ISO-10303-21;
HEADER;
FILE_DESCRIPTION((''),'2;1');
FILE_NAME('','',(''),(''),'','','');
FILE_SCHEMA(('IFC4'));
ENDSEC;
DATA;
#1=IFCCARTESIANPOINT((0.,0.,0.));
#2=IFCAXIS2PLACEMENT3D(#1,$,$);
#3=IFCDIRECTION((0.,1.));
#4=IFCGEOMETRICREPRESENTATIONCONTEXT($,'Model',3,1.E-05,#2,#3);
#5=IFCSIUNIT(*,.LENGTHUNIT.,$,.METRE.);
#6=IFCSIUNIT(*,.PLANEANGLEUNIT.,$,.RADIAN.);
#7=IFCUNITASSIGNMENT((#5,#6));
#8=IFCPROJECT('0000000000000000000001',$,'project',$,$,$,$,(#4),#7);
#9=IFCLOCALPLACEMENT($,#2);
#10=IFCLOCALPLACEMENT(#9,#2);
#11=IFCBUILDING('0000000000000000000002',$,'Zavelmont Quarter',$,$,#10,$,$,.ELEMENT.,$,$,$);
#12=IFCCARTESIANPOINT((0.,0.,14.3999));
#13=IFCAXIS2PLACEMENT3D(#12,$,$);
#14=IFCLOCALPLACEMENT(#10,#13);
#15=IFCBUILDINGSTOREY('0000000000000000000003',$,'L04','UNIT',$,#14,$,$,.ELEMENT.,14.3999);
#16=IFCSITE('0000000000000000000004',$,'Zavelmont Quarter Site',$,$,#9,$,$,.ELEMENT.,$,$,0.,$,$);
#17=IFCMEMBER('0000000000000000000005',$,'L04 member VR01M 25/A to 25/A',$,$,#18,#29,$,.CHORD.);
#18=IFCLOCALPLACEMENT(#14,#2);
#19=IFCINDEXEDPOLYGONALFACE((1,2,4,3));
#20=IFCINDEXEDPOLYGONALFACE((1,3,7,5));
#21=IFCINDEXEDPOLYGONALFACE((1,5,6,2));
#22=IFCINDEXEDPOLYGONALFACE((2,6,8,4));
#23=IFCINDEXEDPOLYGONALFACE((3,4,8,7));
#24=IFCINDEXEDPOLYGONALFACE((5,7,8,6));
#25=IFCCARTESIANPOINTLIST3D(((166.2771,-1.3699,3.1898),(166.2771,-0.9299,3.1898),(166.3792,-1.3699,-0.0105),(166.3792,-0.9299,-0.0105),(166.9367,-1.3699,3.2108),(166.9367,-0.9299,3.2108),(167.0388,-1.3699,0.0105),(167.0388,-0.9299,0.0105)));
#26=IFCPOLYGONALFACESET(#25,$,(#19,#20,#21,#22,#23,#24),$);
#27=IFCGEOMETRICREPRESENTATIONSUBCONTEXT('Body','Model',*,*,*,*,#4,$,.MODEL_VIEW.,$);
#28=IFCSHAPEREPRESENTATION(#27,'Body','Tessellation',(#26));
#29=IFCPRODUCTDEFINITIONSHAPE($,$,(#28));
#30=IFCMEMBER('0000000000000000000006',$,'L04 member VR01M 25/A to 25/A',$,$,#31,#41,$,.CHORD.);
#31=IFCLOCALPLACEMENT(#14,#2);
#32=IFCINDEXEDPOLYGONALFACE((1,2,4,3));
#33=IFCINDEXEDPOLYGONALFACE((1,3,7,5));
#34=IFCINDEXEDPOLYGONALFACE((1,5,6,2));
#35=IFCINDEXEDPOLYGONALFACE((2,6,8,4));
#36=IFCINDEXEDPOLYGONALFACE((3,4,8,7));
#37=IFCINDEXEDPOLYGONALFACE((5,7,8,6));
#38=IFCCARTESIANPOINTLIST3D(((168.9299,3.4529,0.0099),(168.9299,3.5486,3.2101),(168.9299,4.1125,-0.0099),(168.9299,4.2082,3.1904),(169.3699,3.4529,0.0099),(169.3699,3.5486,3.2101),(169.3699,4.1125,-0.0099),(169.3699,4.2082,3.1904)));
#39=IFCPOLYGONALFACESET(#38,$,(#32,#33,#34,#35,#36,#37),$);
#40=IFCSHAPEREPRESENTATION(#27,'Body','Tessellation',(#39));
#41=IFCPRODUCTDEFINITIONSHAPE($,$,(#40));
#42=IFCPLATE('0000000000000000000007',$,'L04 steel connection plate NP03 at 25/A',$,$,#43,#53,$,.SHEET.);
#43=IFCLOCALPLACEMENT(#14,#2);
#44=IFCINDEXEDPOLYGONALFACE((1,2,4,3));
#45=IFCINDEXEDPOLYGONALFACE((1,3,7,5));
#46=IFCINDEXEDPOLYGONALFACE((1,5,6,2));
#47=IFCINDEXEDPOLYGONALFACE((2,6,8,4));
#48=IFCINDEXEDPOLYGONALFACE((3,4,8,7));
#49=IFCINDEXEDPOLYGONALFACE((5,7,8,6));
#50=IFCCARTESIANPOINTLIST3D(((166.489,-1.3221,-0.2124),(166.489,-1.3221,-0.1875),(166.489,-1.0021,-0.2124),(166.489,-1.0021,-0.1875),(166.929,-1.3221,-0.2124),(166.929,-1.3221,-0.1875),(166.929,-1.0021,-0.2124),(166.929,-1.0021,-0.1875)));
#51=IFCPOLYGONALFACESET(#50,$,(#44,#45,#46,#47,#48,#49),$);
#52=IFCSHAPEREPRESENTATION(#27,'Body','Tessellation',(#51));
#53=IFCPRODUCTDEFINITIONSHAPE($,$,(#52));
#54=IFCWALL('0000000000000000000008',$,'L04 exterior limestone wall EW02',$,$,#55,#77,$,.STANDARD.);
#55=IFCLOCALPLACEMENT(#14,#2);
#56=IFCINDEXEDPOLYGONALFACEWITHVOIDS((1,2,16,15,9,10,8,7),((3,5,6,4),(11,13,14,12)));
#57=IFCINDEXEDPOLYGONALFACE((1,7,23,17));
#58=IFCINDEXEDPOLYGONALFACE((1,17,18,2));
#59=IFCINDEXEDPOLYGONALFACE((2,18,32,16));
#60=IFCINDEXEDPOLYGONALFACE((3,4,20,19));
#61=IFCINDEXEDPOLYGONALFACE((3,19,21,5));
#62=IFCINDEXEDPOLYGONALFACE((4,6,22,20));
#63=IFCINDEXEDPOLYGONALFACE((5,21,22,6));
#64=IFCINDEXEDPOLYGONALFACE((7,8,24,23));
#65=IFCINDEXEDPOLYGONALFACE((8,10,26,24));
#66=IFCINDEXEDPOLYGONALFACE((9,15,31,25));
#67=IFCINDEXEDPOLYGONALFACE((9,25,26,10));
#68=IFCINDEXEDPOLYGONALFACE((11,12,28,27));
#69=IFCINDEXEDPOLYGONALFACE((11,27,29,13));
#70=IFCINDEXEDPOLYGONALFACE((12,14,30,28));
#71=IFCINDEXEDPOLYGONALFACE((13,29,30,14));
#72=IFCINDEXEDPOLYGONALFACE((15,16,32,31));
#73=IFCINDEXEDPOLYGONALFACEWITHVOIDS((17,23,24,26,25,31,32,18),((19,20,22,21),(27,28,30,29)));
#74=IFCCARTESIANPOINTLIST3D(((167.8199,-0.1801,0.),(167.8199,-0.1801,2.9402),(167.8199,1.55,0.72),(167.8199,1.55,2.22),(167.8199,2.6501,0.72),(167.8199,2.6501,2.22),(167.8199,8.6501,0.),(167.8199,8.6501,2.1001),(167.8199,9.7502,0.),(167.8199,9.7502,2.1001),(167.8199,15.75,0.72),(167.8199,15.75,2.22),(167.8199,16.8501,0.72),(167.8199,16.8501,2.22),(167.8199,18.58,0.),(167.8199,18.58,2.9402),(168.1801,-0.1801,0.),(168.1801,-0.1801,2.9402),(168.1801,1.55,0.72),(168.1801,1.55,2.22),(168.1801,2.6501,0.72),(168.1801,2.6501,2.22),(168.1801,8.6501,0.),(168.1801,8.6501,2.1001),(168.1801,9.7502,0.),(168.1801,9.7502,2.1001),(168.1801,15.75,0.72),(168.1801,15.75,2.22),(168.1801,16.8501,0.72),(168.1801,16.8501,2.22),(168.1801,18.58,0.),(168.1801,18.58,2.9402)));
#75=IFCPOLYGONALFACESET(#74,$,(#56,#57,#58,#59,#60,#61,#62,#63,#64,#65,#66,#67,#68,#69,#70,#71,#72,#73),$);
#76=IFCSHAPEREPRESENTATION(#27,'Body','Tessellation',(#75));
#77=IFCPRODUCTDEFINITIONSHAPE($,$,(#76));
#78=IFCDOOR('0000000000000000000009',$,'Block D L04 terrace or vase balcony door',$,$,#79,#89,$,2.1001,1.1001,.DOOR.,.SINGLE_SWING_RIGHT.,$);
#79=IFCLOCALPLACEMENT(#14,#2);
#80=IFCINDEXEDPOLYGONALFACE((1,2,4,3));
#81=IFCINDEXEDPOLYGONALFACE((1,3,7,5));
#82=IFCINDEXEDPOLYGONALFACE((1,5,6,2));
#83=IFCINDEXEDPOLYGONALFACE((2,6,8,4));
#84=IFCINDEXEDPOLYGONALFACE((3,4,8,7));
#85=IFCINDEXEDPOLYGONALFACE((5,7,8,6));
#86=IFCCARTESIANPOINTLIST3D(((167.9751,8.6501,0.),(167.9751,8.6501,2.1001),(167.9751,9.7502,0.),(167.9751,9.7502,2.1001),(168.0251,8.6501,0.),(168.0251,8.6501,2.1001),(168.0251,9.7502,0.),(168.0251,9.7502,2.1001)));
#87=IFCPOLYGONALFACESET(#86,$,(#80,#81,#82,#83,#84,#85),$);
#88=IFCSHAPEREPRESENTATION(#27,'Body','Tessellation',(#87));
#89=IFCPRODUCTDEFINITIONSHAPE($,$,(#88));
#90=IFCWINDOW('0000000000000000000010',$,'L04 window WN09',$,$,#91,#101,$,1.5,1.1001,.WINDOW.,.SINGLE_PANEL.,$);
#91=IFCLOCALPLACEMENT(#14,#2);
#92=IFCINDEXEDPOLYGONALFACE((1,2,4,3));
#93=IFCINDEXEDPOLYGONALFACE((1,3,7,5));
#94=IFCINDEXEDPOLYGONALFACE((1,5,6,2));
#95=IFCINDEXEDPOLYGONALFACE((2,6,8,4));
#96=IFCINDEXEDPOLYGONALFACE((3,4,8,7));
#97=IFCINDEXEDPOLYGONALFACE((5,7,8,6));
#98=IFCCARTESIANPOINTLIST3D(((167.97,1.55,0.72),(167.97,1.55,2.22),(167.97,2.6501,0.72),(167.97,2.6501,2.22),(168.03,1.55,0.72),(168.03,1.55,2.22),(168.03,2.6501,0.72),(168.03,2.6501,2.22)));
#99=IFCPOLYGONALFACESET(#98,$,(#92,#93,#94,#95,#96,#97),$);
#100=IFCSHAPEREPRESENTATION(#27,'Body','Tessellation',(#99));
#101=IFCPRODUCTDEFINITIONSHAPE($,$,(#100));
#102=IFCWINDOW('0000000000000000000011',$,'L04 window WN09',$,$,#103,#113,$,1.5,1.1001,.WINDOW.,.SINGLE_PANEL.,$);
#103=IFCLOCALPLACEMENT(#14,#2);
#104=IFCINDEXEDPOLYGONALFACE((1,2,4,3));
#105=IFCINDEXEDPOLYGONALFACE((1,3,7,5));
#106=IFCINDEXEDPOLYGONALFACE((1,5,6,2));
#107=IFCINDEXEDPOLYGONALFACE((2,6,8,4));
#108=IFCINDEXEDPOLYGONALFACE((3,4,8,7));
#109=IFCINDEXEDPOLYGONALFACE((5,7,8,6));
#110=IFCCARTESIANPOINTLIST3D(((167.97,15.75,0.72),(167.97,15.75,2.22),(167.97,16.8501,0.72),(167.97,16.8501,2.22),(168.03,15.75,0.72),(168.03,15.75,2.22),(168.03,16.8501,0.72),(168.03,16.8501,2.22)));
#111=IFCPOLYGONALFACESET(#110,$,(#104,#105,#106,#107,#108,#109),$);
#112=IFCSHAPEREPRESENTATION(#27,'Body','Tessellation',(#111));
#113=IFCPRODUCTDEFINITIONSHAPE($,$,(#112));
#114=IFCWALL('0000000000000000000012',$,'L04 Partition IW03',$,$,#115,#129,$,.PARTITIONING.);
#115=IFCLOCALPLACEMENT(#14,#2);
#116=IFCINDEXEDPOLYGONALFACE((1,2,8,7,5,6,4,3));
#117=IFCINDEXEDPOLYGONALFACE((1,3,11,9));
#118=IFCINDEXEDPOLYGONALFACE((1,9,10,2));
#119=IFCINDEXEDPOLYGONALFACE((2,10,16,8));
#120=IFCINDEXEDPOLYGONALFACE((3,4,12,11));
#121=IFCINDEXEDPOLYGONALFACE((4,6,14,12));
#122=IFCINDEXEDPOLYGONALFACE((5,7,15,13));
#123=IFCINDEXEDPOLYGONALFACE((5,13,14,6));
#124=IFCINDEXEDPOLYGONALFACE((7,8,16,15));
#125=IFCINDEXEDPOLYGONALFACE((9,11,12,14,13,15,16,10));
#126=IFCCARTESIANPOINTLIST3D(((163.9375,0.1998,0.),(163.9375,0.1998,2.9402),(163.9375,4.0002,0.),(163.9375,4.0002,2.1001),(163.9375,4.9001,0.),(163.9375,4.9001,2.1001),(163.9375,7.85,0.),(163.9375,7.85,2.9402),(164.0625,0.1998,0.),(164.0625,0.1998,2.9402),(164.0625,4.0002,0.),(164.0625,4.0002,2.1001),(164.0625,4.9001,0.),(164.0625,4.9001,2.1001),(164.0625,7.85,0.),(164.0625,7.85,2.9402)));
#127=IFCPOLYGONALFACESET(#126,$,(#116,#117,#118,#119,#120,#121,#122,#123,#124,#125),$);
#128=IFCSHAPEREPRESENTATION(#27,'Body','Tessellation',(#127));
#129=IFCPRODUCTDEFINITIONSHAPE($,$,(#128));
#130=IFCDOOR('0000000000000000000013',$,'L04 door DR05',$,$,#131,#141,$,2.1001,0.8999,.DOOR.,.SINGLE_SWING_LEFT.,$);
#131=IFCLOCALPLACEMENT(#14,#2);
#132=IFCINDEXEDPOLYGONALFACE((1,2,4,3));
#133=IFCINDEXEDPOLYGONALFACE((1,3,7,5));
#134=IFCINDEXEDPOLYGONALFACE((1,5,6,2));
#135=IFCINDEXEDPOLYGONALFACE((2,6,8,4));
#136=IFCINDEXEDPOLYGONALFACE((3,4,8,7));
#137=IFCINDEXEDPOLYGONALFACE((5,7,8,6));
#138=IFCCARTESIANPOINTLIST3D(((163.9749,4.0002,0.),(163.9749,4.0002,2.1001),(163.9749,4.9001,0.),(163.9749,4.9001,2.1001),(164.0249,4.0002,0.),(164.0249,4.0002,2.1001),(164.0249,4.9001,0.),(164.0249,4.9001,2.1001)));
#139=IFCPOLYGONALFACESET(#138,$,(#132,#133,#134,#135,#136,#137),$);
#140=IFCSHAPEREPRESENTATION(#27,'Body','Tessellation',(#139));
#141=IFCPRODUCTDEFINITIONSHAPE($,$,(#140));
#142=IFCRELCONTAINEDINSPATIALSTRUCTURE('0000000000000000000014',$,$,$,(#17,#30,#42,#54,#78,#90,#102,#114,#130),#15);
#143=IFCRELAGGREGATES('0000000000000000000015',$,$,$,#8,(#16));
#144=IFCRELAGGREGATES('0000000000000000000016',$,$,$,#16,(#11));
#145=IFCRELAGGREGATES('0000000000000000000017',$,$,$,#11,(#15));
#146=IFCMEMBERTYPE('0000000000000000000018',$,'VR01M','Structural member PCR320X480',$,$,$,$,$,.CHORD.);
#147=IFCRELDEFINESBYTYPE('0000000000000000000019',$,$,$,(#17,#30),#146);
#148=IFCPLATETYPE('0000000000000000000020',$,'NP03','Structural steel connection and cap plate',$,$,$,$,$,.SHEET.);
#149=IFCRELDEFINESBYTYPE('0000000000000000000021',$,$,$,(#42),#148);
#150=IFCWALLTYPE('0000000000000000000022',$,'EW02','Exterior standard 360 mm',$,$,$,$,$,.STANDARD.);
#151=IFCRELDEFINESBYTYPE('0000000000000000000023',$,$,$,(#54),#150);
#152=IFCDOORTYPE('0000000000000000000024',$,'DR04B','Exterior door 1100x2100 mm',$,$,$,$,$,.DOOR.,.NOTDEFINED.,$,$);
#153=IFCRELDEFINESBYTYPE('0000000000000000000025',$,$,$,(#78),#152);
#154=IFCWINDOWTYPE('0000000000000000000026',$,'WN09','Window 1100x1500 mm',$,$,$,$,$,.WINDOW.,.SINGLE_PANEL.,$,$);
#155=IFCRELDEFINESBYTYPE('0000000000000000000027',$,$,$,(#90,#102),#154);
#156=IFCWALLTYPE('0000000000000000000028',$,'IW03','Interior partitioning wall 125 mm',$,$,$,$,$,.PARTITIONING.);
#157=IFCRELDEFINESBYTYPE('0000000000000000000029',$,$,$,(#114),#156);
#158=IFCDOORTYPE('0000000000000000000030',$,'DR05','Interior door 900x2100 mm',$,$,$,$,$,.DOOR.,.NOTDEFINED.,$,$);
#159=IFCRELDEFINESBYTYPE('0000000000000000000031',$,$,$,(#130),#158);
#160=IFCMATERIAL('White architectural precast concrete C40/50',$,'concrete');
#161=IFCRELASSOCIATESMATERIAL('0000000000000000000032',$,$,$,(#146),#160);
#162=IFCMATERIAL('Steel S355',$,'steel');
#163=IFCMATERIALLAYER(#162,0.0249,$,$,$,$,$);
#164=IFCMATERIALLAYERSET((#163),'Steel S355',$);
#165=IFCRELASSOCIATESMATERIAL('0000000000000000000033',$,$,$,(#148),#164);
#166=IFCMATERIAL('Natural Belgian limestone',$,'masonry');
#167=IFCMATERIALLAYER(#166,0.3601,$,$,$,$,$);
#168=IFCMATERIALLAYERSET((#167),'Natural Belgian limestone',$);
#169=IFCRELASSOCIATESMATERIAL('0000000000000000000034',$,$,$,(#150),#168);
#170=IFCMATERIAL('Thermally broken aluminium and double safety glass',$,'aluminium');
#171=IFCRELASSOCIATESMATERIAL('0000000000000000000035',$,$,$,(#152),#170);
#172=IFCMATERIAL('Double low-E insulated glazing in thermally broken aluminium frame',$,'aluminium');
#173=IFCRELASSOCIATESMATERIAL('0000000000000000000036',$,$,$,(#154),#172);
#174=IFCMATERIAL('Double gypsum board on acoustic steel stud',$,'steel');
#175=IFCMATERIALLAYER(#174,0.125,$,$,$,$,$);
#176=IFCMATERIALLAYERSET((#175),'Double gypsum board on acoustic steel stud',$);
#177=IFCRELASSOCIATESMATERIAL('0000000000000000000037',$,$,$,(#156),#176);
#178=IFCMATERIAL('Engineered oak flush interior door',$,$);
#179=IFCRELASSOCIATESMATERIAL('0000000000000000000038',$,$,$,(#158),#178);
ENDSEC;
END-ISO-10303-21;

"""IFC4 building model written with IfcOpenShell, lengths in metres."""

from ifc_helpers import new_model, si_unit, direction, frame, frame_2d, origin, origin_with_axes, origin_2d, place, context, subcontext, project, spatial, rectangle, extrude, material, layer, layer_set, material_profile, profile_set, type_object, element, fill, save


model = new_model("IFC4")

# Units and contexts
model_context = context("Model", 3, precision=1e-05, world=origin(), true_north=direction((0.0, 1.0)))
body_context = subcontext(model_context, "Body", "Model", "MODEL_VIEW")
ifc_project = project(units=[si_unit("LENGTHUNIT", "METRE"), si_unit("PLANEANGLEUNIT", "RADIAN")], contexts=[model_context])

# Site, building, storey
site_placement = place(None, origin())
site = spatial("IfcSite", under=ifc_project, at=site_placement, Name="Zavelmont Quarter Site", CompositionType="ELEMENT", RefElevation=0.0)
building_placement = place(site_placement, origin())
building = spatial("IfcBuilding", under=site, at=building_placement, Name="Zavelmont Quarter", CompositionType="ELEMENT")
storey_placement = place(building_placement, frame((0.0, 0.0, 14.3999)))
storey = spatial("IfcBuildingStorey", under=building, at=storey_placement, Name="L04", Description="UNIT", CompositionType="ELEMENT", Elevation=14.3999)

# Shared definitions
ifc_material_1 = material(Name="Steel S355", Category="steel")

# Members
ifc_material_2 = material(Name="White architectural precast concrete C40/50", Category="concrete")
ifc_material_profile_1 = material_profile(ifc_material_2, rectangle(XDim=0.4399, YDim=0.6599, at=origin_2d()), Name="PCR320X480")
ifc_profile_set_1 = profile_set([ifc_material_profile_1], Name="White architectural precast concrete C40/50")
member_type = type_object("IfcMemberType", Name="VR01M", Description="Structural member PCR320X480", PredefinedType="CHORD", material=ifc_profile_set_1)
member_1_placement = place(storey_placement, frame((166.709, -1.1499, 0.0), z_axis=(-0.031873, 0.0, 0.999492), x_axis=(0.0, -1.0, 0.0)))
element("IfcMember", 1, at=member_1_placement, inside=storey, type_object=member_type, Name="L04 member VR01M 25/A to 25/A", PredefinedType="CHORD", context=body_context, shape_type="SweptSolid", body=[
    extrude(rectangle(XDim=0.4399, YDim=0.6599, at=origin_2d()), origin(), (0.0, 0.0, 1.0), 3.2019),
])
member_2_placement = place(storey_placement, frame((169.1499, 3.7827, 0.0), z_axis=(0.0, 0.029892, 0.999553), x_axis=(-1.0, 0.0, 0.0)))
element("IfcMember", 2, at=member_2_placement, inside=storey, type_object=member_type, Name="L04 member VR01M 25/A to 25/A", PredefinedType="CHORD", context=body_context, shape_type="SweptSolid", body=[
    extrude(rectangle(XDim=0.4399, YDim=0.6599, at=origin_2d()), origin(), (0.0, 0.0, 1.0), 3.2017),
])

# Plate
ifc_layer_1 = layer(ifc_material_1, 0.0249)
ifc_layer_set_1 = layer_set([ifc_layer_1], Name="Steel S355")
plate_type = type_object("IfcPlateType", Name="NP03", Description="Structural steel connection and cap plate", PredefinedType="SHEET", material=ifc_layer_set_1)
plate_placement = place(storey_placement, frame((166.709, -1.1621, -0.2124), z_axis=(0.0, 0.0, 1.0), x_axis=(1.0, 0.0, 0.0)))
element("IfcPlate", 3, at=plate_placement, inside=storey, type_object=plate_type, Name="L04 steel connection plate NP03 at 25/A", PredefinedType="SHEET", context=body_context, shape_type="SweptSolid", body=[
    extrude(rectangle(XDim=0.4399, YDim=0.3201, at=origin_2d()), origin(), (0.0, 0.0, 1.0), 0.0249),
])

# Wall, openings, door, windows
ifc_material_3 = material(Name="Natural Belgian limestone", Category="masonry")
ifc_layer_2 = layer(ifc_material_3, 0.3601)
ifc_layer_set_2 = layer_set([ifc_layer_2], Name="Natural Belgian limestone")
wall_type_1 = type_object("IfcWallType", Name="EW02", Description="Exterior standard 360 mm", PredefinedType="STANDARD", material=ifc_layer_set_2)
wall_1_placement = place(storey_placement, frame((168.0, -0.1799, 0.0), z_axis=(0.0, 0.0, 1.0), x_axis=(0.0, 1.0, 0.0)))
wall_1 = element("IfcWall", 4, at=wall_1_placement, inside=storey, type_object=wall_type_1, Name="L04 exterior limestone wall EW02", PredefinedType="STANDARD", context=body_context, shape_type="SweptSolid", body=[
    extrude(rectangle(XDim=18.76, YDim=0.3601, at=frame_2d((9.3799, 0.0))), origin(), (0.0, 0.0, 1.0), 2.9402),
])
opening_1_placement = place(wall_1_placement, frame((8.8301, 0.0, 0.0)))
opening_1 = element("IfcOpeningElement", 5, at=opening_1_placement, cuts=wall_1, PredefinedType="OPENING", context=body_context, shape_type="SweptSolid", body=[
    extrude(rectangle(XDim=1.1001, YDim=2.1001, at=frame_2d((0.55, 1.05))), frame((0.0, 0.1919, 0.0), z_axis=(0.0, -1.0, 0.0), x_axis=(1.0, 0.0, 0.0)), (0.0, 0.0, 1.0), 0.384),
])
opening_2_placement = place(wall_1_placement, frame((1.73, 0.0, 0.72)))
opening_2 = element("IfcOpeningElement", 6, at=opening_2_placement, cuts=wall_1, PredefinedType="OPENING", context=body_context, shape_type="SweptSolid", body=[
    extrude(rectangle(XDim=1.1001, YDim=1.5, at=frame_2d((0.55, 0.75))), frame((0.0, 0.1919, 0.0), z_axis=(0.0, -1.0, 0.0), x_axis=(1.0, 0.0, 0.0)), (0.0, 0.0, 1.0), 0.384),
])
opening_3_placement = place(wall_1_placement, frame((15.9299, 0.0, 0.72)))
opening_3 = element("IfcOpeningElement", 7, at=opening_3_placement, cuts=wall_1, PredefinedType="OPENING", context=body_context, shape_type="SweptSolid", body=[
    extrude(rectangle(XDim=1.1001, YDim=1.5, at=frame_2d((0.55, 0.75))), frame((0.0, 0.1919, 0.0), z_axis=(0.0, -1.0, 0.0), x_axis=(1.0, 0.0, 0.0)), (0.0, 0.0, 1.0), 0.384),
])
ifc_material_4 = material(Name="Thermally broken aluminium and double safety glass", Category="aluminium")
door_type_1 = type_object("IfcDoorType", Name="DR04B", Description="Exterior door 1100x2100 mm", OperationType="NOTDEFINED", PredefinedType="DOOR", material=ifc_material_4)
door_1_placement = place(opening_1_placement, origin_with_axes())
door_1 = element("IfcDoor", 8, at=door_1_placement, inside=storey, type_object=door_type_1, Name="Block D L04 terrace or vase balcony door", OperationType="SINGLE_SWING_RIGHT", OverallHeight=2.1001, OverallWidth=1.1001, PredefinedType="DOOR", context=body_context, shape_type="SweptSolid", body=[
    extrude(rectangle(XDim=1.1001, YDim=2.1001, at=frame_2d((0.55, 1.05))), frame((0.0, 0.0249, 0.0), z_axis=(0.0, -1.0, 0.0), x_axis=(1.0, 0.0, 0.0)), (0.0, 0.0, 1.0), 0.05),
])
fill(opening_1, door_1)
ifc_material_5 = material(Name="Double low-E insulated glazing in thermally broken aluminium frame", Category="aluminium")
window_type = type_object("IfcWindowType", Name="WN09", Description="Window 1100x1500 mm", PartitioningType="SINGLE_PANEL", PredefinedType="WINDOW", material=ifc_material_5)
window_1_placement = place(opening_2_placement, origin_with_axes())
window_1 = element("IfcWindow", 9, at=window_1_placement, inside=storey, type_object=window_type, Name="L04 window WN09", OverallHeight=1.5, OverallWidth=1.1001, PartitioningType="SINGLE_PANEL", PredefinedType="WINDOW", context=body_context, shape_type="SweptSolid", body=[
    extrude(rectangle(XDim=1.1001, YDim=1.5, at=frame_2d((0.55, 0.75))), frame((0.0, 0.03, 0.0), z_axis=(0.0, -1.0, 0.0), x_axis=(1.0, 0.0, 0.0)), (0.0, 0.0, 1.0), 0.0601),
])
fill(opening_2, window_1)
window_2_placement = place(opening_3_placement, origin_with_axes())
window_2 = element("IfcWindow", 10, at=window_2_placement, inside=storey, type_object=window_type, Name="L04 window WN09", OverallHeight=1.5, OverallWidth=1.1001, PartitioningType="SINGLE_PANEL", PredefinedType="WINDOW", context=body_context, shape_type="SweptSolid", body=[
    extrude(rectangle(XDim=1.1001, YDim=1.5, at=frame_2d((0.55, 0.75))), frame((0.0, 0.03, 0.0), z_axis=(0.0, -1.0, 0.0), x_axis=(1.0, 0.0, 0.0)), (0.0, 0.0, 1.0), 0.0601),
])
fill(opening_3, window_2)

# Wall, opening, door
ifc_material_6 = material(Name="Double gypsum board on acoustic steel stud", Category="steel")
ifc_layer_3 = layer(ifc_material_6, 0.125)
ifc_layer_set_3 = layer_set([ifc_layer_3], Name="Double gypsum board on acoustic steel stud")
wall_type_2 = type_object("IfcWallType", Name="IW03", Description="Interior partitioning wall 125 mm", PredefinedType="PARTITIONING", material=ifc_layer_set_3)
wall_2_placement = place(storey_placement, frame((164.0, 7.8501, 0.0), z_axis=(0.0, 0.0, 1.0), x_axis=(0.0, -1.0, 0.0)))
wall_2 = element("IfcWall", 11, at=wall_2_placement, inside=storey, type_object=wall_type_2, Name="L04 Partition IW03", PredefinedType="PARTITIONING", context=body_context, shape_type="SweptSolid", body=[
    extrude(rectangle(XDim=7.6501, YDim=0.125, at=frame_2d((3.8252, 0.0))), origin(), (0.0, 0.0, 1.0), 2.9402),
])
opening_4_placement = place(wall_2_placement, frame((2.95, 0.0, 0.0)))
opening_4 = element("IfcOpeningElement", 12, at=opening_4_placement, cuts=wall_2, PredefinedType="OPENING", context=body_context, shape_type="SweptSolid", body=[
    extrude(rectangle(XDim=0.8999, YDim=2.1001, at=frame_2d((0.45, 1.05))), frame((0.0, 0.0745, 0.0), z_axis=(0.0, -1.0, 0.0), x_axis=(1.0, 0.0, 0.0)), (0.0, 0.0, 1.0), 0.1489),
])
ifc_material_7 = material(Name="Engineered oak flush interior door")
door_type_2 = type_object("IfcDoorType", Name="DR05", Description="Interior door 900x2100 mm", OperationType="NOTDEFINED", PredefinedType="DOOR", material=ifc_material_7)
door_2_placement = place(opening_4_placement, origin_with_axes())
door_2 = element("IfcDoor", 13, at=door_2_placement, inside=storey, type_object=door_type_2, Name="L04 door DR05", OperationType="SINGLE_SWING_LEFT", OverallHeight=2.1001, OverallWidth=0.8999, PredefinedType="DOOR", context=body_context, shape_type="SweptSolid", body=[
    extrude(rectangle(XDim=0.8999, YDim=2.1001, at=frame_2d((0.45, 1.05))), frame((0.0, 0.0249, 0.0), z_axis=(0.0, -1.0, 0.0), x_axis=(1.0, 0.0, 0.0)), (0.0, 0.0, 1.0), 0.05),
])
fill(opening_4, door_2)

save(model, "model.ifc")
